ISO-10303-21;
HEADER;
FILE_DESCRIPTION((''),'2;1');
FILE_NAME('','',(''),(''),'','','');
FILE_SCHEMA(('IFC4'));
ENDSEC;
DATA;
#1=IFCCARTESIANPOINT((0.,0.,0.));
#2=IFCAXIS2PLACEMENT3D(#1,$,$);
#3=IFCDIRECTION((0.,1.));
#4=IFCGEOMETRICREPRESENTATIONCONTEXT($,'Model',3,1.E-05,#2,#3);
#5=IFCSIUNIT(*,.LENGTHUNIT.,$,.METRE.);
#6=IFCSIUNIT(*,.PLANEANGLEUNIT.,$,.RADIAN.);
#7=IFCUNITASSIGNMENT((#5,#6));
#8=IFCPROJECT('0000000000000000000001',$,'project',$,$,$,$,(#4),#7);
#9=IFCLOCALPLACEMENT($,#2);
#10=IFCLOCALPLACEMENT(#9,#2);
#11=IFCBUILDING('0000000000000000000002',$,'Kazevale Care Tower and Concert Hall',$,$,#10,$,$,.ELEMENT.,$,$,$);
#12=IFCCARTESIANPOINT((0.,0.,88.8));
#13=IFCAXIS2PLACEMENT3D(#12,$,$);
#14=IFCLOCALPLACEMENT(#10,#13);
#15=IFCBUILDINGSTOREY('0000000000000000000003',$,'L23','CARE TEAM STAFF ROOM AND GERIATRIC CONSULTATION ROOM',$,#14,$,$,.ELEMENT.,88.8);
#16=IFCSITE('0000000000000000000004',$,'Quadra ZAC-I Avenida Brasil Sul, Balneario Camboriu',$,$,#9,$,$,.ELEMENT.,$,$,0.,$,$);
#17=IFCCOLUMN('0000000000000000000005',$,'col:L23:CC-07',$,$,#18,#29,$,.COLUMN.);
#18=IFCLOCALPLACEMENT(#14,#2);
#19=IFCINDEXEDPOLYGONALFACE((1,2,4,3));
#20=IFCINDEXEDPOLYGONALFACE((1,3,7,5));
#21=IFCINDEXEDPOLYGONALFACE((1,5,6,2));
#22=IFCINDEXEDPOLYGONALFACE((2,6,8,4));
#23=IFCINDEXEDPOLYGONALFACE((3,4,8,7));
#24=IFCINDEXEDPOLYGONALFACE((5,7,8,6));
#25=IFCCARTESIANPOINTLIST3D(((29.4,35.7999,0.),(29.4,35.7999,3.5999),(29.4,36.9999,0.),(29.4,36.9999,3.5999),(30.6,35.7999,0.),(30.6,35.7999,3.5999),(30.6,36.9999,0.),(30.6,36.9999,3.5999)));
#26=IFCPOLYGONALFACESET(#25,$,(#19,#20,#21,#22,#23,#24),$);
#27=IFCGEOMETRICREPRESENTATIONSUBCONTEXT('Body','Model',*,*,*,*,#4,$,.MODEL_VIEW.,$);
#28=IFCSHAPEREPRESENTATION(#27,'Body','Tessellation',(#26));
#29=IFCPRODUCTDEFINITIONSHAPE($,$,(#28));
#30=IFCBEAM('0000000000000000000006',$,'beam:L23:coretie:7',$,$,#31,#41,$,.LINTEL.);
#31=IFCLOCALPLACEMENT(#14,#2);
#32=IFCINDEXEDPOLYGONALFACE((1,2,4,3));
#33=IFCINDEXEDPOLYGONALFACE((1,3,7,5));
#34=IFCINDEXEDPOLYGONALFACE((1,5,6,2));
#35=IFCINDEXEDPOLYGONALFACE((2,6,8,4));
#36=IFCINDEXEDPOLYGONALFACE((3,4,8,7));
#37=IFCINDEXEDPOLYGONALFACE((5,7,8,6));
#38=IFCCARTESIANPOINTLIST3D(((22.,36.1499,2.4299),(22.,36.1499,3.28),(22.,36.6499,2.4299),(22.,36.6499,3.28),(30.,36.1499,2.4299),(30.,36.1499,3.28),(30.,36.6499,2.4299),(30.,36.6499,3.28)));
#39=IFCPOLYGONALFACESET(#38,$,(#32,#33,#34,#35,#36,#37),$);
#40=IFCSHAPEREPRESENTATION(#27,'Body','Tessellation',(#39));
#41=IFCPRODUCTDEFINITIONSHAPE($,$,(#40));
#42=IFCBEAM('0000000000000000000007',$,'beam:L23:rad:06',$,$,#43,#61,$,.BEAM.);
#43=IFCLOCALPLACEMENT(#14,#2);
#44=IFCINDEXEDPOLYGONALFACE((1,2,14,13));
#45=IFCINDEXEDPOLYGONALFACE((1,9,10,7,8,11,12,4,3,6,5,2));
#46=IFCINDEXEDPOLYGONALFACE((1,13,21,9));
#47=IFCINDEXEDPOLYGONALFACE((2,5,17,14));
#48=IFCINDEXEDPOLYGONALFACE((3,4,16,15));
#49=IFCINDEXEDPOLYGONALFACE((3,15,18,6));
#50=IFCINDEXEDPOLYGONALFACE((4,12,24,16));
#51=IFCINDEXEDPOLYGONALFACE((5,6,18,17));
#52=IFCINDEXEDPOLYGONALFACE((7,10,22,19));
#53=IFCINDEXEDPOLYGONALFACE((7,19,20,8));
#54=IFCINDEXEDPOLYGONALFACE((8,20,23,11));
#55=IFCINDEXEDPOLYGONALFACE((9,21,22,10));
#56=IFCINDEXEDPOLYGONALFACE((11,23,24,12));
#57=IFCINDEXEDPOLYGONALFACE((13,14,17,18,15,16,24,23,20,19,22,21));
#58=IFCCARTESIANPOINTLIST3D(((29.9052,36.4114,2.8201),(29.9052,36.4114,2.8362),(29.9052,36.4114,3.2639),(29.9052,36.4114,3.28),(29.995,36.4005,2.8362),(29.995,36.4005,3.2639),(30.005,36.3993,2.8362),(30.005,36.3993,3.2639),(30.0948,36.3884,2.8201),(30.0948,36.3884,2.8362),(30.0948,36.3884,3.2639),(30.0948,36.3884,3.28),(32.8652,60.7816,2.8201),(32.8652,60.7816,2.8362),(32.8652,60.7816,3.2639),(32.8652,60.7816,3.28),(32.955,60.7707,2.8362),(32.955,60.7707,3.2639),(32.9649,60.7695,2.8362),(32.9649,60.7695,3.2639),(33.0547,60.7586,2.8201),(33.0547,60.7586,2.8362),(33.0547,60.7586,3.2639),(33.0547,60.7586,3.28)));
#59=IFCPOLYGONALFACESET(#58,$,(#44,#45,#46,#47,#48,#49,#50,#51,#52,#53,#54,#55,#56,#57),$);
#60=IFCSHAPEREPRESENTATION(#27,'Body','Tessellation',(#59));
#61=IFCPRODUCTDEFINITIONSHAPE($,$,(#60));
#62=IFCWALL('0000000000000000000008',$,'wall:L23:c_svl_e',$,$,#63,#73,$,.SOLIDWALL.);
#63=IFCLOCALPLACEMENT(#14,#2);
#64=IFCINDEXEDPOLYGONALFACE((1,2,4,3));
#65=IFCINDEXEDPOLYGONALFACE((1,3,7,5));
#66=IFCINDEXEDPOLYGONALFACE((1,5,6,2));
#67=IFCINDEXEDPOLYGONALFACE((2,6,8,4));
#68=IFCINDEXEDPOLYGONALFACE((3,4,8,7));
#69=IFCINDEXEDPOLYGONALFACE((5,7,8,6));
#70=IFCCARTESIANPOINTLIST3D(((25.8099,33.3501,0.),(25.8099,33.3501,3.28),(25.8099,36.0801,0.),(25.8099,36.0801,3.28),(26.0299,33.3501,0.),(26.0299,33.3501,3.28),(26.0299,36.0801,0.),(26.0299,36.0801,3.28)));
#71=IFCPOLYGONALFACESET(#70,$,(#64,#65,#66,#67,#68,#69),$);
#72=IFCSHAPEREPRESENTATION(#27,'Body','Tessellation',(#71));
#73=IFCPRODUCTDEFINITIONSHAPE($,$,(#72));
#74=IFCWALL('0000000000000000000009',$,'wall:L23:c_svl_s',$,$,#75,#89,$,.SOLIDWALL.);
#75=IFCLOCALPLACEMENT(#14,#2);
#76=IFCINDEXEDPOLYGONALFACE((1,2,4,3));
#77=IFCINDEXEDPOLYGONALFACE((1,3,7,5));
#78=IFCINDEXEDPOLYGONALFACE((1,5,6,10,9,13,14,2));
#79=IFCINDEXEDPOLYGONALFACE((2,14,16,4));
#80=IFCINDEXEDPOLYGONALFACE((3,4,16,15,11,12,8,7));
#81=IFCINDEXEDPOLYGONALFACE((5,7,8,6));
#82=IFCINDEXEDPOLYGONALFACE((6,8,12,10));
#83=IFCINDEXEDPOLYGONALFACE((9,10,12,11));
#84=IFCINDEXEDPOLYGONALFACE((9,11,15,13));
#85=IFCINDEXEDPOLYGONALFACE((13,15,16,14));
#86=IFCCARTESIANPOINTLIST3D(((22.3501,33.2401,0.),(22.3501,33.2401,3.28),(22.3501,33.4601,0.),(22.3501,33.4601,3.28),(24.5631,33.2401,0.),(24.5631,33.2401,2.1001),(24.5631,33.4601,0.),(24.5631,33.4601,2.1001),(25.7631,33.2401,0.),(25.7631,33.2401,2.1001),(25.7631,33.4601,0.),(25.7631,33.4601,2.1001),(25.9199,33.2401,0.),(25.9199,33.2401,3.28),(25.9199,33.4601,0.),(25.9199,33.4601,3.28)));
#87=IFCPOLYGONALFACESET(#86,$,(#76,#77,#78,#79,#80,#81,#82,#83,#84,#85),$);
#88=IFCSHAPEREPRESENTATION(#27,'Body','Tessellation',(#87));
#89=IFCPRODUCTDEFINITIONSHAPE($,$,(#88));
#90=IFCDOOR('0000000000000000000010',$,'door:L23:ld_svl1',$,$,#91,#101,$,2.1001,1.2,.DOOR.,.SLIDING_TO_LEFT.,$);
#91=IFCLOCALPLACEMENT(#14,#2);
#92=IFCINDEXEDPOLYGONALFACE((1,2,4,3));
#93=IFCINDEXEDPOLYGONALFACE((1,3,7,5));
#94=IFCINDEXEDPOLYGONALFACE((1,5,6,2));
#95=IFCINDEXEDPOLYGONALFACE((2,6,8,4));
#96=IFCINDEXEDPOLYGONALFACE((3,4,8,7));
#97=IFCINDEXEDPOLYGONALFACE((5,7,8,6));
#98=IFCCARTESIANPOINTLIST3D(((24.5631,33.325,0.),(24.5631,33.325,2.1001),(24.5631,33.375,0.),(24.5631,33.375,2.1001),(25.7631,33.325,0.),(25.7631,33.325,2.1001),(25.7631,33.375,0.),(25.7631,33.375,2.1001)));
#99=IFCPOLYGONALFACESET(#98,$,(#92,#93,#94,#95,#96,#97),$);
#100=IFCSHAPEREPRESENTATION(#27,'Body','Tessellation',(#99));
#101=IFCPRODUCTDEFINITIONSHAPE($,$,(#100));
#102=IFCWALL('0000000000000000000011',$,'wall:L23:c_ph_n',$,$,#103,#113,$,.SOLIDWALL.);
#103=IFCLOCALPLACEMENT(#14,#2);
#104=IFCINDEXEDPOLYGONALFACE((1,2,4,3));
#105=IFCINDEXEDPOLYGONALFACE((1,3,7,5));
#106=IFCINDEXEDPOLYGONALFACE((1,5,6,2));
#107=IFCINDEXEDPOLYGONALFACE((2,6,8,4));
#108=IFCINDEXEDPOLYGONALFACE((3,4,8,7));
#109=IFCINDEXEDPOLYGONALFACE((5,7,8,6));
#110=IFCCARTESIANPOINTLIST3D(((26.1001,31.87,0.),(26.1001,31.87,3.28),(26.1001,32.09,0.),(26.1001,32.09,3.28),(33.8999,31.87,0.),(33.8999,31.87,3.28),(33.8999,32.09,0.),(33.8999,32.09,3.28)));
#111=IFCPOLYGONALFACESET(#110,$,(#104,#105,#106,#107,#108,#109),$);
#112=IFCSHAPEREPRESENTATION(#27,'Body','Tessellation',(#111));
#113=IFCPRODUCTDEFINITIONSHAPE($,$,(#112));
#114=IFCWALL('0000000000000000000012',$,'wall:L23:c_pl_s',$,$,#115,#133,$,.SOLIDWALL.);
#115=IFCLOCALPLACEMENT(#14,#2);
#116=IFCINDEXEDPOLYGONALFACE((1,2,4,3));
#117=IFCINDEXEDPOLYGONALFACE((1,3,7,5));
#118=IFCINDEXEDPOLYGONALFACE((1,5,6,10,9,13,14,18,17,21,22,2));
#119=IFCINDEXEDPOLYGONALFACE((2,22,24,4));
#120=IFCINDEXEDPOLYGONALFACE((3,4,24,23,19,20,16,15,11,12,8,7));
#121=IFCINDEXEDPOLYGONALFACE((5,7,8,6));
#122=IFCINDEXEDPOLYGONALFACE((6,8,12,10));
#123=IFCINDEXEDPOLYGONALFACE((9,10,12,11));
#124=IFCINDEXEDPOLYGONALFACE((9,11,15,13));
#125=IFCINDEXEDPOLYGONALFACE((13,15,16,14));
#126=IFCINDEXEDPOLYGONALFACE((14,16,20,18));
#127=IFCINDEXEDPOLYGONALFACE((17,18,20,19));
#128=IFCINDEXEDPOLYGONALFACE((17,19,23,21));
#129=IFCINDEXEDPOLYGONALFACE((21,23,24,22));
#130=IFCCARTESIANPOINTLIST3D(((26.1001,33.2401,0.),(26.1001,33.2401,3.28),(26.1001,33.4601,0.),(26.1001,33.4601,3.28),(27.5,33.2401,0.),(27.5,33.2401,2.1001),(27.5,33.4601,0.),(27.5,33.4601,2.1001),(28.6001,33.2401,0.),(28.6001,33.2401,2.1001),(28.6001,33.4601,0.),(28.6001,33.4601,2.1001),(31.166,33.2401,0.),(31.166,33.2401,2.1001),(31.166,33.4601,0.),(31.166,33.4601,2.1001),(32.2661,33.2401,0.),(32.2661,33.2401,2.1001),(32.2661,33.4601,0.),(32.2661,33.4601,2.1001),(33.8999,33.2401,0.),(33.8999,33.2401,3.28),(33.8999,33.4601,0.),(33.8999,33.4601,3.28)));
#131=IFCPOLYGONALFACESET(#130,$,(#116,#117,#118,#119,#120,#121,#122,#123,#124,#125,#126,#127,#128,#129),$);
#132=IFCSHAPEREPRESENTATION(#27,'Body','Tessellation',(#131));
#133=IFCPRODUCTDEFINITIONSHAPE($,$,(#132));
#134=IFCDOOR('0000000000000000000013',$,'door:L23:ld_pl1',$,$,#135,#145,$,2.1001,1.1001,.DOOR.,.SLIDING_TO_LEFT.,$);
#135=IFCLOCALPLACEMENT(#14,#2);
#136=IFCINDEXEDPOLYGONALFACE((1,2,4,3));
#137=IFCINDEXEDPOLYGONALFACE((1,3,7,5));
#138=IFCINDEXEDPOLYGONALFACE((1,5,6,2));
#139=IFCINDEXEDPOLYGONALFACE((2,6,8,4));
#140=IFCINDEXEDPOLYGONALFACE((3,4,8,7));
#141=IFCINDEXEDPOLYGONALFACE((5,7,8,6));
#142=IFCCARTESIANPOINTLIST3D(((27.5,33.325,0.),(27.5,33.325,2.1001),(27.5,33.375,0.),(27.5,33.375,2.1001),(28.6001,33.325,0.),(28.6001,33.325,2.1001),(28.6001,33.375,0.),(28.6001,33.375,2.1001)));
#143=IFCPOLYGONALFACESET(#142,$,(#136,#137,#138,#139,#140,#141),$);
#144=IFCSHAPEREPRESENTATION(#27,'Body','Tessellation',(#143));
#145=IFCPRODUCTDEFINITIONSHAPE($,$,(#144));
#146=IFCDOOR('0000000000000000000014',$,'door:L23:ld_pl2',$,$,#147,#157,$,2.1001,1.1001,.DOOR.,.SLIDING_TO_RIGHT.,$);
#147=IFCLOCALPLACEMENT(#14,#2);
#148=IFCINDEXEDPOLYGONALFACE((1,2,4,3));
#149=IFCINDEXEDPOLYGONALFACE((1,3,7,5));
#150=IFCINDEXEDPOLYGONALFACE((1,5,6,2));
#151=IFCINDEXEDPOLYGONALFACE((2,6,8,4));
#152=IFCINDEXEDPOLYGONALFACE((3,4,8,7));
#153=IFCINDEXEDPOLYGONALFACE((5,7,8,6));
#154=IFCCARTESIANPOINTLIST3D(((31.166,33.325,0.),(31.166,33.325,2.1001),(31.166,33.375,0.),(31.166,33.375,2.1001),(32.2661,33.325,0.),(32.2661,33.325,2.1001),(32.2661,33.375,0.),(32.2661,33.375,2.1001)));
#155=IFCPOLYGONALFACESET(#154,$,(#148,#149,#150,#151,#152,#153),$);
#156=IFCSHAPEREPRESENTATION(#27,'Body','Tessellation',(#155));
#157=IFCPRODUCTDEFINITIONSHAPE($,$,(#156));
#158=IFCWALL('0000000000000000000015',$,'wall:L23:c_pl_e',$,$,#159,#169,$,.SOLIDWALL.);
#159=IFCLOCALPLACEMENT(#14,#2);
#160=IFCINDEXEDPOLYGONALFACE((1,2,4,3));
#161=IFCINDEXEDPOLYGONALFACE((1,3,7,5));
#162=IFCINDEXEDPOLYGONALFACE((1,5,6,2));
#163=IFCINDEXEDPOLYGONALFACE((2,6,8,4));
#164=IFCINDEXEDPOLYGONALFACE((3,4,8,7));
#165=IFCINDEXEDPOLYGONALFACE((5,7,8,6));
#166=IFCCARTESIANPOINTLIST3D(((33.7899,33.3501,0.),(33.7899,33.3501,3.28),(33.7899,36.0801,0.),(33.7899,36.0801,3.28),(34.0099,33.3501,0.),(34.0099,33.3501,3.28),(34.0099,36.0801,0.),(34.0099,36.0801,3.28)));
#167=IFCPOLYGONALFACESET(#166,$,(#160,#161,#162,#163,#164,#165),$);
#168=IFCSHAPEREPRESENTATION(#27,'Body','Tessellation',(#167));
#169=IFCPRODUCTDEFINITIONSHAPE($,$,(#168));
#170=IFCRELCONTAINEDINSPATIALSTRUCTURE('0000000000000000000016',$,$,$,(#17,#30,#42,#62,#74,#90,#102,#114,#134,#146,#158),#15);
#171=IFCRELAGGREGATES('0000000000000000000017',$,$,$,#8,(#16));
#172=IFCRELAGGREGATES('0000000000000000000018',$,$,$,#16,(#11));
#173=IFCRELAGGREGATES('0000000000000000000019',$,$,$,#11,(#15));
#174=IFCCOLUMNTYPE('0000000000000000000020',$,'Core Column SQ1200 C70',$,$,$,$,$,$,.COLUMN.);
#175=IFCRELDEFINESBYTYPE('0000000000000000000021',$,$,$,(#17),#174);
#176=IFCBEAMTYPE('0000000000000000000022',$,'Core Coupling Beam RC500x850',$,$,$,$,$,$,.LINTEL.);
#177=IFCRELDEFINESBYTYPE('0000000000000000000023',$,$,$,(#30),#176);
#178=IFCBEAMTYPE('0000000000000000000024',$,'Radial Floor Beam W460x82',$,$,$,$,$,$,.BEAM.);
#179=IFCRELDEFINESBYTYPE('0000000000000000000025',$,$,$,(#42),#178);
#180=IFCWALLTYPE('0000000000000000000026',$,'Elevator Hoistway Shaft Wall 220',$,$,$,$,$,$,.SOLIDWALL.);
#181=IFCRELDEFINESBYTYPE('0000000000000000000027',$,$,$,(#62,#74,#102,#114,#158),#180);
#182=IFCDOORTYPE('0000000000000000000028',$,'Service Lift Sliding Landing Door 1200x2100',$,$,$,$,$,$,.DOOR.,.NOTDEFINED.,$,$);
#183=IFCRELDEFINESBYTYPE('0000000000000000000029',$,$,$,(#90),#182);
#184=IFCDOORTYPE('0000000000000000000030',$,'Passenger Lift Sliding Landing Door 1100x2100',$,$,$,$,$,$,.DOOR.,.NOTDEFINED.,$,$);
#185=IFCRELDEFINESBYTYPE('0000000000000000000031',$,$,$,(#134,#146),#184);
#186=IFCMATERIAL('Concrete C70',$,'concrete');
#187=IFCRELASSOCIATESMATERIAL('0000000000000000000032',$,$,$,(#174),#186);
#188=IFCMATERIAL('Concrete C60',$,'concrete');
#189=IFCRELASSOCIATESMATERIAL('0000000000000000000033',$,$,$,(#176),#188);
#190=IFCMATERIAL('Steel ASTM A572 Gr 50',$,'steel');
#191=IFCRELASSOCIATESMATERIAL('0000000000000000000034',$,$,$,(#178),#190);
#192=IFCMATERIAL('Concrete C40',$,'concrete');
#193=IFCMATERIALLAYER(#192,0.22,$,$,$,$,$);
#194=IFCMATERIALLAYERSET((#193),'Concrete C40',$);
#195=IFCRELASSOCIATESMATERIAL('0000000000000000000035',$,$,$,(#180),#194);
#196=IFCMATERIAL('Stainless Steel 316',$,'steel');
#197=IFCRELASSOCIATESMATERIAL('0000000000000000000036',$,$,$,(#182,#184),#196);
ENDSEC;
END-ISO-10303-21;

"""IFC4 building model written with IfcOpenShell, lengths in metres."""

from ifc_helpers import new_model, si_unit, direction, frame, frame_2d, origin, origin_2d, place, context, subcontext, project, spatial, rectangle, i_section, extrude, material, layer, layer_set, material_profile, profile_set, type_object, element, fill, save


model = new_model("IFC4")

# Units and contexts
model_context = context("Model", 3, precision=1e-05, world=origin(), true_north=direction((0.0, 1.0)))
body_context = subcontext(model_context, "Body", "Model", "MODEL_VIEW")
ifc_project = project(units=[si_unit("LENGTHUNIT", "METRE"), si_unit("PLANEANGLEUNIT", "RADIAN")], contexts=[model_context])

# Site, building, storey
site_placement = place(None, origin())
site = spatial("IfcSite", under=ifc_project, at=site_placement, Name="Quadra ZAC-I Avenida Brasil Sul, Balneario Camboriu", CompositionType="ELEMENT", RefElevation=0.0)
building_placement = place(site_placement, origin())
building = spatial("IfcBuilding", under=site, at=building_placement, Name="Kazevale Care Tower and Concert Hall", CompositionType="ELEMENT")
storey_placement = place(building_placement, frame((0.0, 0.0, 88.8)))
storey = spatial("IfcBuildingStorey", under=building, at=storey_placement, Name="L23", Description="CARE TEAM STAFF ROOM AND GERIATRIC CONSULTATION ROOM", CompositionType="ELEMENT", Elevation=88.8)

# Column
ifc_material_1 = material(Name="Concrete C70", Category="concrete")
ifc_material_profile_1 = material_profile(ifc_material_1, rectangle(XDim=1.2, YDim=1.2, at=origin_2d()), Name="RC-SQ1200")
ifc_profile_set_1 = profile_set([ifc_material_profile_1], Name="Concrete C70")
column_type = type_object("IfcColumnType", Name="Core Column SQ1200 C70", PredefinedType="COLUMN", material=ifc_profile_set_1)
column_placement = place(storey_placement, frame((30.0, 36.3999, 0.0), z_axis=(0.0, 0.0, 1.0), x_axis=(1.0, 0.0, 0.0)))
element("IfcColumn", 1, at=column_placement, inside=storey, type_object=column_type, Name="col:L23:CC-07", PredefinedType="COLUMN", context=body_context, shape_type="SweptSolid", body=[
    extrude(rectangle(XDim=1.2, YDim=1.2, at=origin_2d()), origin(), (0.0, 0.0, 1.0), 3.5999),
])

# Beams
ifc_material_2 = material(Name="Concrete C60", Category="concrete")
ifc_material_profile_2 = material_profile(ifc_material_2, rectangle(XDim=0.5, YDim=0.8501, at=origin_2d()), Name="RC-B500x850")
ifc_profile_set_2 = profile_set([ifc_material_profile_2], Name="Concrete C60")
beam_type_1 = type_object("IfcBeamType", Name="Core Coupling Beam RC500x850", PredefinedType="LINTEL", material=ifc_profile_set_2)
beam_1_placement = place(storey_placement, frame((30.0, 36.3999, 2.855), z_axis=(-1.0, 0.0, 0.0), x_axis=(0.0, -1.0, 0.0)))
element("IfcBeam", 2, at=beam_1_placement, inside=storey, type_object=beam_type_1, Name="beam:L23:coretie:7", PredefinedType="LINTEL", context=body_context, shape_type="SweptSolid", body=[
    extrude(rectangle(XDim=0.5, YDim=0.8501, at=origin_2d()), origin(), (0.0, 0.0, 1.0), 8.0),
])
ifc_material_3 = material(Name="Steel ASTM A572 Gr 50", Category="steel")
ifc_material_profile_3 = material_profile(ifc_material_3, i_section(OverallWidth=0.1909, OverallDepth=0.46, WebThickness=0.01, FlangeThickness=0.0161, at=origin_2d()), Name="W460x82")
ifc_profile_set_3 = profile_set([ifc_material_profile_3], Name="Steel ASTM A572 Gr 50")
beam_type_2 = type_object("IfcBeamType", Name="Radial Floor Beam W460x82", PredefinedType="BEAM", material=ifc_profile_set_3)
beam_2_placement = place(storey_placement, frame((30.0, 36.3999, 3.05), z_axis=(0.120573, 0.992705, 0.0), x_axis=(-0.992705, 0.120573, 0.0)))
element("IfcBeam", 3, at=beam_2_placement, inside=storey, type_object=beam_type_2, Name="beam:L23:rad:06", PredefinedType="BEAM", context=body_context, shape_type="SweptSolid", body=[
    extrude(i_section(OverallWidth=0.1909, OverallDepth=0.46, WebThickness=0.01, FlangeThickness=0.0161, at=origin_2d()), origin(), (0.0, 0.0, 1.0), 24.5493),
])

# Wall
ifc_material_4 = material(Name="Concrete C40", Category="concrete")
ifc_layer_1 = layer(ifc_material_4, 0.22)
ifc_layer_set_1 = layer_set([ifc_layer_1], Name="Concrete C40")
wall_type_1 = type_object("IfcWallType", Name="Elevator Hoistway Shaft Wall 220", PredefinedType="SOLIDWALL", material=ifc_layer_set_1)
wall_1_placement = place(storey_placement, frame((25.9199, 33.3501, 0.0), z_axis=(0.0, 0.0, 1.0), x_axis=(0.0, 1.0, 0.0)))
element("IfcWall", 4, at=wall_1_placement, inside=storey, type_object=wall_type_1, Name="wall:L23:c_svl_e", PredefinedType="SOLIDWALL", context=body_context, shape_type="SweptSolid", body=[
    extrude(rectangle(XDim=2.73, YDim=0.22, at=frame_2d((1.365, 0.0))), origin(), (0.0, 0.0, 1.0), 3.28),
])

# Wall, opening, door
wall_2_placement = place(storey_placement, frame((22.3501, 33.3501, 0.0), z_axis=(0.0, 0.0, 1.0), x_axis=(1.0, 0.0, 0.0)))
wall_2 = element("IfcWall", 5, at=wall_2_placement, inside=storey, type_object=wall_type_1, Name="wall:L23:c_svl_s", PredefinedType="SOLIDWALL", context=body_context, shape_type="SweptSolid", body=[
    extrude(rectangle(XDim=3.5698, YDim=0.22, at=frame_2d((1.7849, 0.0))), origin(), (0.0, 0.0, 1.0), 3.28),
])
opening_1_placement = place(wall_2_placement, frame((2.2129, 0.0, 0.0)))
opening_1 = element("IfcOpeningElement", 6, at=opening_1_placement, cuts=wall_2, PredefinedType="OPENING", context=body_context, shape_type="SweptSolid", body=[
    extrude(rectangle(XDim=1.2, YDim=2.1001, at=frame_2d((0.6001, 1.05))), frame((0.0, 0.1199, 0.0), z_axis=(0.0, -1.0, 0.0), x_axis=(1.0, 0.0, 0.0)), (0.0, 0.0, 1.0), 0.24),
])
ifc_material_5 = material(Name="Stainless Steel 316", Category="steel")
door_type_1 = type_object("IfcDoorType", Name="Service Lift Sliding Landing Door 1200x2100", OperationType="NOTDEFINED", PredefinedType="DOOR", material=ifc_material_5)
door_1_placement = place(opening_1_placement, origin())
door_1 = element("IfcDoor", 7, at=door_1_placement, inside=storey, type_object=door_type_1, Name="door:L23:ld_svl1", OperationType="SLIDING_TO_LEFT", OverallHeight=2.1001, OverallWidth=1.2, PredefinedType="DOOR", context=body_context, shape_type="SweptSolid", body=[
    extrude(rectangle(XDim=1.2, YDim=2.1001, at=frame_2d((0.6001, 1.05))), frame((0.0, 0.0249, 0.0), z_axis=(0.0, -1.0, 0.0), x_axis=(1.0, 0.0, 0.0)), (0.0, 0.0, 1.0), 0.05),
])
fill(opening_1, door_1)

# Wall
wall_3_placement = place(storey_placement, frame((26.1001, 31.98, 0.0), z_axis=(0.0, 0.0, 1.0), x_axis=(1.0, 0.0, 0.0)))
element("IfcWall", 8, at=wall_3_placement, inside=storey, type_object=wall_type_1, Name="wall:L23:c_ph_n", PredefinedType="SOLIDWALL", context=body_context, shape_type="SweptSolid", body=[
    extrude(rectangle(XDim=7.7998, YDim=0.22, at=frame_2d((3.8999, 0.0))), origin(), (0.0, 0.0, 1.0), 3.28),
])

# Wall, openings, doors
wall_4_placement = place(storey_placement, frame((26.1001, 33.3501, 0.0), z_axis=(0.0, 0.0, 1.0), x_axis=(1.0, 0.0, 0.0)))
wall_4 = element("IfcWall", 9, at=wall_4_placement, inside=storey, type_object=wall_type_1, Name="wall:L23:c_pl_s", PredefinedType="SOLIDWALL", context=body_context, shape_type="SweptSolid", body=[
    extrude(rectangle(XDim=7.7998, YDim=0.22, at=frame_2d((3.8999, 0.0))), origin(), (0.0, 0.0, 1.0), 3.28),
])
opening_2_placement = place(wall_4_placement, frame((1.3999, 0.0, 0.0)))
opening_2 = element("IfcOpeningElement", 10, at=opening_2_placement, cuts=wall_4, PredefinedType="OPENING", context=body_context, shape_type="SweptSolid", body=[
    extrude(rectangle(XDim=1.1001, YDim=2.1001, at=frame_2d((0.55, 1.05))), frame((0.0, 0.1199, 0.0), z_axis=(0.0, -1.0, 0.0), x_axis=(1.0, 0.0, 0.0)), (0.0, 0.0, 1.0), 0.24),
])
opening_3_placement = place(wall_4_placement, frame((5.0659, 0.0, 0.0)))
opening_3 = element("IfcOpeningElement", 11, at=opening_3_placement, cuts=wall_4, PredefinedType="OPENING", context=body_context, shape_type="SweptSolid", body=[
    extrude(rectangle(XDim=1.1001, YDim=2.1001, at=frame_2d((0.55, 1.05))), frame((0.0, 0.1199, 0.0), z_axis=(0.0, -1.0, 0.0), x_axis=(1.0, 0.0, 0.0)), (0.0, 0.0, 1.0), 0.24),
])
door_type_2 = type_object("IfcDoorType", Name="Passenger Lift Sliding Landing Door 1100x2100", OperationType="NOTDEFINED", PredefinedType="DOOR", material=ifc_material_5)
door_2_placement = place(opening_2_placement, origin())
door_2 = element("IfcDoor", 12, at=door_2_placement, inside=storey, type_object=door_type_2, Name="door:L23:ld_pl1", OperationType="SLIDING_TO_LEFT", OverallHeight=2.1001, OverallWidth=1.1001, PredefinedType="DOOR", context=body_context, shape_type="SweptSolid", body=[
    extrude(rectangle(XDim=1.1001, YDim=2.1001, at=frame_2d((0.55, 1.05))), frame((0.0, 0.0249, 0.0), z_axis=(0.0, -1.0, 0.0), x_axis=(1.0, 0.0, 0.0)), (0.0, 0.0, 1.0), 0.05),
])
fill(opening_2, door_2)
door_3_placement = place(opening_3_placement, origin())
door_3 = element("IfcDoor", 13, at=door_3_placement, inside=storey, type_object=door_type_2, Name="door:L23:ld_pl2", OperationType="SLIDING_TO_RIGHT", OverallHeight=2.1001, OverallWidth=1.1001, PredefinedType="DOOR", context=body_context, shape_type="SweptSolid", body=[
    extrude(rectangle(XDim=1.1001, YDim=2.1001, at=frame_2d((0.55, 1.05))), frame((0.0, 0.0249, 0.0), z_axis=(0.0, -1.0, 0.0), x_axis=(1.0, 0.0, 0.0)), (0.0, 0.0, 1.0), 0.05),
])
fill(opening_3, door_3)

# Wall
wall_5_placement = place(storey_placement, frame((33.8999, 33.3501, 0.0), z_axis=(0.0, 0.0, 1.0), x_axis=(0.0, 1.0, 0.0)))
element("IfcWall", 14, at=wall_5_placement, inside=storey, type_object=wall_type_1, Name="wall:L23:c_pl_e", PredefinedType="SOLIDWALL", context=body_context, shape_type="SweptSolid", body=[
    extrude(rectangle(XDim=2.73, YDim=0.22, at=frame_2d((1.365, 0.0))), origin(), (0.0, 0.0, 1.0), 3.28),
])

save(model, "model.ifc")
